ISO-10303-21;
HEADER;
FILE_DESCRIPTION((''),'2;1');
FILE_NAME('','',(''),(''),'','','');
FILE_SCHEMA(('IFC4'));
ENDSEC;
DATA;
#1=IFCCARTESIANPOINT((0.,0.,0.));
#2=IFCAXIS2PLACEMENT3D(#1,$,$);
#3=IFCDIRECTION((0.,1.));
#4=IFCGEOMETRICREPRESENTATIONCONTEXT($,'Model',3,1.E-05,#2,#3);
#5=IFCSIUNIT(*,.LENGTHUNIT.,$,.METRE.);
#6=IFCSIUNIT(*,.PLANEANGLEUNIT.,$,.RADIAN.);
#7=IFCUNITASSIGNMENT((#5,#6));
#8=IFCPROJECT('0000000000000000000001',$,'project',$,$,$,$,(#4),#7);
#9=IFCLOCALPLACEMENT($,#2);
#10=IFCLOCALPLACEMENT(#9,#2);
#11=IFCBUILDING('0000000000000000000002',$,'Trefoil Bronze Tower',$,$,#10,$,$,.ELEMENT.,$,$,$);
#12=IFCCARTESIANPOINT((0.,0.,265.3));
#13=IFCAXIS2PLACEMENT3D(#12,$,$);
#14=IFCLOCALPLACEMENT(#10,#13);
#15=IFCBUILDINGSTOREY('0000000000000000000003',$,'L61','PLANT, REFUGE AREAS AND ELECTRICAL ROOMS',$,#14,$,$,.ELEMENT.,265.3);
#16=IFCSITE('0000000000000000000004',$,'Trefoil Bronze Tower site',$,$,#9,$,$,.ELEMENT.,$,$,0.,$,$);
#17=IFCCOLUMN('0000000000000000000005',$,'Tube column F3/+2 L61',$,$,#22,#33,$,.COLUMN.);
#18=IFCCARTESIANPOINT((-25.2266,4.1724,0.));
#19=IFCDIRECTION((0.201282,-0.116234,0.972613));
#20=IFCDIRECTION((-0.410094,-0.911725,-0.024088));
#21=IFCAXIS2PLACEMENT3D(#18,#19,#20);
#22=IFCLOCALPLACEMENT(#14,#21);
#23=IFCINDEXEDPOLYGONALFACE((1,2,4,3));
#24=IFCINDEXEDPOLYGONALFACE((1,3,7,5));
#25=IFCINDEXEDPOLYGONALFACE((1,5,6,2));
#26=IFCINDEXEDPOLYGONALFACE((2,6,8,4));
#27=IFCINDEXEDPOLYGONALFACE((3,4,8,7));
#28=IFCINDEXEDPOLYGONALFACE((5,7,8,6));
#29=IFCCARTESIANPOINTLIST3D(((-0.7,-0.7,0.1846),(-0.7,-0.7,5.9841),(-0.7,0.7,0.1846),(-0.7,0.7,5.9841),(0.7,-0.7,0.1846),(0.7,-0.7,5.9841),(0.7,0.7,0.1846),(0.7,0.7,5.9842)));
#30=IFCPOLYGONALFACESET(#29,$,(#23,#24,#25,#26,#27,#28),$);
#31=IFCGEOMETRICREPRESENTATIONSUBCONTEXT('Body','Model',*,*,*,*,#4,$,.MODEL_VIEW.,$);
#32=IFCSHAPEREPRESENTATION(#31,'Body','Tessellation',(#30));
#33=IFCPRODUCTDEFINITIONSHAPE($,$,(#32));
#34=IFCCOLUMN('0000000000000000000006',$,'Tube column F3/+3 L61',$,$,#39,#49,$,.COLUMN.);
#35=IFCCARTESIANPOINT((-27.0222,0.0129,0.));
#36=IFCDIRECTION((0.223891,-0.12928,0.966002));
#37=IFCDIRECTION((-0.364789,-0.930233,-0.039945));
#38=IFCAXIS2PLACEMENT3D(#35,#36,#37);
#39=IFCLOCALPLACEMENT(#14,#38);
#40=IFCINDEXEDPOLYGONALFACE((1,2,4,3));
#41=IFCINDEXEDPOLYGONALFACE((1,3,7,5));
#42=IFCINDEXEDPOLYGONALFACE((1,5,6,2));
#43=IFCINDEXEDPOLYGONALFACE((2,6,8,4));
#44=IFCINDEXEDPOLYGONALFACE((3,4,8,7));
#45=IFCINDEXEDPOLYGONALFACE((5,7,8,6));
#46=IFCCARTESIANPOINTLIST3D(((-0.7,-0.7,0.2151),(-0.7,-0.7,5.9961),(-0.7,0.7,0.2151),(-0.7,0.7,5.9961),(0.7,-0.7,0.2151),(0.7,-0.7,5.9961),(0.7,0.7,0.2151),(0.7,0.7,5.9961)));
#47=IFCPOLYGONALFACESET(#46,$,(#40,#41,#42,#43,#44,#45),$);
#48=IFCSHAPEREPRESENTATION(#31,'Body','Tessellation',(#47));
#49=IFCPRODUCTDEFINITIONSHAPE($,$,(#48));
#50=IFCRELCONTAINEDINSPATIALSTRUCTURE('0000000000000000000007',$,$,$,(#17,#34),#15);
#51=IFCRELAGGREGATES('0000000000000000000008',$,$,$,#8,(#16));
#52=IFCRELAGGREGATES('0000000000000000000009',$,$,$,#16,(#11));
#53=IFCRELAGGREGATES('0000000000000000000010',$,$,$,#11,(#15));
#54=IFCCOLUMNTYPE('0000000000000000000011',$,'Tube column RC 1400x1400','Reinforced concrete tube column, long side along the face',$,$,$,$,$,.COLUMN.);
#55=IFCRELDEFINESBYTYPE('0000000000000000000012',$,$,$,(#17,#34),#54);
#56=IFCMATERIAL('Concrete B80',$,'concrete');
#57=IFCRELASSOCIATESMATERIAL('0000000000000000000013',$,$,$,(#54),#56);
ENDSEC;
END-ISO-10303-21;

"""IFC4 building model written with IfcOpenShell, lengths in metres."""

from ifc_helpers import new_model, si_unit, direction, frame, origin, origin_2d, place, context, subcontext, project, spatial, rectangle, extrude, clip, halfspace, material, material_profile, profile_set, type_object, element, save


model = new_model("IFC4")

# Units and contexts
model_context = context("Model", 3, precision=1e-05, world=origin(), true_north=direction((0.0, 1.0)))
body_context = subcontext(model_context, "Body", "Model", "MODEL_VIEW")
ifc_project = project(units=[si_unit("LENGTHUNIT", "METRE"), si_unit("PLANEANGLEUNIT", "RADIAN")], contexts=[model_context])

# Site, building, storey
site_placement = place(None, origin())
site = spatial("IfcSite", under=ifc_project, at=site_placement, Name="Trefoil Bronze Tower site", CompositionType="ELEMENT", RefElevation=0.0)
building_placement = place(site_placement, origin())
building = spatial("IfcBuilding", under=site, at=building_placement, Name="Trefoil Bronze Tower", CompositionType="ELEMENT")
storey_placement = place(building_placement, frame((0.0, 0.0, 265.3)))
storey = spatial("IfcBuildingStorey", under=building, at=storey_placement, Name="L61", Description="PLANT, REFUGE AREAS AND ELECTRICAL ROOMS", CompositionType="ELEMENT", Elevation=265.3)

# Columns
ifc_material_1 = material(Name="Concrete B80", Category="concrete")
ifc_material_profile_1 = material_profile(ifc_material_1, rectangle(XDim=1.3999, YDim=1.3999, at=origin_2d()), Name="RC 1400x1400")
ifc_profile_set_1 = profile_set([ifc_material_profile_1], Name="Concrete B80")
column_type = type_object("IfcColumnType", Name="Tube column RC 1400x1400", Description="Reinforced concrete tube column, long side along the face", PredefinedType="COLUMN", material=ifc_profile_set_1)
column_1_placement = place(storey_placement, frame((-25.2266, 4.1724, 0.0), z_axis=(0.201282, -0.116234, 0.972613), x_axis=(-0.410094, -0.911725, -0.024088)))
element("IfcColumn", 1, at=column_1_placement, inside=storey, type_object=column_type, Name="Tube column F3/+2 L61", PredefinedType="COLUMN", context=body_context, shape_type="Clipping", body=[
    clip(clip(extrude(rectangle(XDim=1.3999, YDim=1.3999, at=origin_2d()), origin(), (0.0, 0.0, 1.0), 6.1689), halfspace(frame((0.0, 0.0, 0.1846), z_axis=(-0.000021, -0.000007, 1.0), x_axis=(0.0, 1.0, 0.000007)), True)), halfspace(frame((0.0, 0.0, 5.9841), z_axis=(0.000021, 0.000007, -1.0), x_axis=(0.0, -1.0, -0.000007)), True)),
])
column_2_placement = place(storey_placement, frame((-27.0222, 0.0129, 0.0), z_axis=(0.223891, -0.12928, 0.966002), x_axis=(-0.364789, -0.930233, -0.039945)))
element("IfcColumn", 2, at=column_2_placement, inside=storey, type_object=column_type, Name="Tube column F3/+3 L61", PredefinedType="COLUMN", context=body_context, shape_type="Clipping", body=[
    clip(clip(extrude(rectangle(XDim=1.3999, YDim=1.3999, at=origin_2d()), origin(), (0.0, 0.0, 1.0), 6.2112), halfspace(frame((0.0, 0.0, 0.2151), z_axis=(-0.000018, -0.000022, 1.0), x_axis=(0.0, 1.0, 0.000022)), True)), halfspace(frame((0.0, 0.0, 5.9961), z_axis=(0.000018, 0.000022, -1.0), x_axis=(0.0, -1.0, -0.000022)), True)),
])

save(model, "model.ifc")
